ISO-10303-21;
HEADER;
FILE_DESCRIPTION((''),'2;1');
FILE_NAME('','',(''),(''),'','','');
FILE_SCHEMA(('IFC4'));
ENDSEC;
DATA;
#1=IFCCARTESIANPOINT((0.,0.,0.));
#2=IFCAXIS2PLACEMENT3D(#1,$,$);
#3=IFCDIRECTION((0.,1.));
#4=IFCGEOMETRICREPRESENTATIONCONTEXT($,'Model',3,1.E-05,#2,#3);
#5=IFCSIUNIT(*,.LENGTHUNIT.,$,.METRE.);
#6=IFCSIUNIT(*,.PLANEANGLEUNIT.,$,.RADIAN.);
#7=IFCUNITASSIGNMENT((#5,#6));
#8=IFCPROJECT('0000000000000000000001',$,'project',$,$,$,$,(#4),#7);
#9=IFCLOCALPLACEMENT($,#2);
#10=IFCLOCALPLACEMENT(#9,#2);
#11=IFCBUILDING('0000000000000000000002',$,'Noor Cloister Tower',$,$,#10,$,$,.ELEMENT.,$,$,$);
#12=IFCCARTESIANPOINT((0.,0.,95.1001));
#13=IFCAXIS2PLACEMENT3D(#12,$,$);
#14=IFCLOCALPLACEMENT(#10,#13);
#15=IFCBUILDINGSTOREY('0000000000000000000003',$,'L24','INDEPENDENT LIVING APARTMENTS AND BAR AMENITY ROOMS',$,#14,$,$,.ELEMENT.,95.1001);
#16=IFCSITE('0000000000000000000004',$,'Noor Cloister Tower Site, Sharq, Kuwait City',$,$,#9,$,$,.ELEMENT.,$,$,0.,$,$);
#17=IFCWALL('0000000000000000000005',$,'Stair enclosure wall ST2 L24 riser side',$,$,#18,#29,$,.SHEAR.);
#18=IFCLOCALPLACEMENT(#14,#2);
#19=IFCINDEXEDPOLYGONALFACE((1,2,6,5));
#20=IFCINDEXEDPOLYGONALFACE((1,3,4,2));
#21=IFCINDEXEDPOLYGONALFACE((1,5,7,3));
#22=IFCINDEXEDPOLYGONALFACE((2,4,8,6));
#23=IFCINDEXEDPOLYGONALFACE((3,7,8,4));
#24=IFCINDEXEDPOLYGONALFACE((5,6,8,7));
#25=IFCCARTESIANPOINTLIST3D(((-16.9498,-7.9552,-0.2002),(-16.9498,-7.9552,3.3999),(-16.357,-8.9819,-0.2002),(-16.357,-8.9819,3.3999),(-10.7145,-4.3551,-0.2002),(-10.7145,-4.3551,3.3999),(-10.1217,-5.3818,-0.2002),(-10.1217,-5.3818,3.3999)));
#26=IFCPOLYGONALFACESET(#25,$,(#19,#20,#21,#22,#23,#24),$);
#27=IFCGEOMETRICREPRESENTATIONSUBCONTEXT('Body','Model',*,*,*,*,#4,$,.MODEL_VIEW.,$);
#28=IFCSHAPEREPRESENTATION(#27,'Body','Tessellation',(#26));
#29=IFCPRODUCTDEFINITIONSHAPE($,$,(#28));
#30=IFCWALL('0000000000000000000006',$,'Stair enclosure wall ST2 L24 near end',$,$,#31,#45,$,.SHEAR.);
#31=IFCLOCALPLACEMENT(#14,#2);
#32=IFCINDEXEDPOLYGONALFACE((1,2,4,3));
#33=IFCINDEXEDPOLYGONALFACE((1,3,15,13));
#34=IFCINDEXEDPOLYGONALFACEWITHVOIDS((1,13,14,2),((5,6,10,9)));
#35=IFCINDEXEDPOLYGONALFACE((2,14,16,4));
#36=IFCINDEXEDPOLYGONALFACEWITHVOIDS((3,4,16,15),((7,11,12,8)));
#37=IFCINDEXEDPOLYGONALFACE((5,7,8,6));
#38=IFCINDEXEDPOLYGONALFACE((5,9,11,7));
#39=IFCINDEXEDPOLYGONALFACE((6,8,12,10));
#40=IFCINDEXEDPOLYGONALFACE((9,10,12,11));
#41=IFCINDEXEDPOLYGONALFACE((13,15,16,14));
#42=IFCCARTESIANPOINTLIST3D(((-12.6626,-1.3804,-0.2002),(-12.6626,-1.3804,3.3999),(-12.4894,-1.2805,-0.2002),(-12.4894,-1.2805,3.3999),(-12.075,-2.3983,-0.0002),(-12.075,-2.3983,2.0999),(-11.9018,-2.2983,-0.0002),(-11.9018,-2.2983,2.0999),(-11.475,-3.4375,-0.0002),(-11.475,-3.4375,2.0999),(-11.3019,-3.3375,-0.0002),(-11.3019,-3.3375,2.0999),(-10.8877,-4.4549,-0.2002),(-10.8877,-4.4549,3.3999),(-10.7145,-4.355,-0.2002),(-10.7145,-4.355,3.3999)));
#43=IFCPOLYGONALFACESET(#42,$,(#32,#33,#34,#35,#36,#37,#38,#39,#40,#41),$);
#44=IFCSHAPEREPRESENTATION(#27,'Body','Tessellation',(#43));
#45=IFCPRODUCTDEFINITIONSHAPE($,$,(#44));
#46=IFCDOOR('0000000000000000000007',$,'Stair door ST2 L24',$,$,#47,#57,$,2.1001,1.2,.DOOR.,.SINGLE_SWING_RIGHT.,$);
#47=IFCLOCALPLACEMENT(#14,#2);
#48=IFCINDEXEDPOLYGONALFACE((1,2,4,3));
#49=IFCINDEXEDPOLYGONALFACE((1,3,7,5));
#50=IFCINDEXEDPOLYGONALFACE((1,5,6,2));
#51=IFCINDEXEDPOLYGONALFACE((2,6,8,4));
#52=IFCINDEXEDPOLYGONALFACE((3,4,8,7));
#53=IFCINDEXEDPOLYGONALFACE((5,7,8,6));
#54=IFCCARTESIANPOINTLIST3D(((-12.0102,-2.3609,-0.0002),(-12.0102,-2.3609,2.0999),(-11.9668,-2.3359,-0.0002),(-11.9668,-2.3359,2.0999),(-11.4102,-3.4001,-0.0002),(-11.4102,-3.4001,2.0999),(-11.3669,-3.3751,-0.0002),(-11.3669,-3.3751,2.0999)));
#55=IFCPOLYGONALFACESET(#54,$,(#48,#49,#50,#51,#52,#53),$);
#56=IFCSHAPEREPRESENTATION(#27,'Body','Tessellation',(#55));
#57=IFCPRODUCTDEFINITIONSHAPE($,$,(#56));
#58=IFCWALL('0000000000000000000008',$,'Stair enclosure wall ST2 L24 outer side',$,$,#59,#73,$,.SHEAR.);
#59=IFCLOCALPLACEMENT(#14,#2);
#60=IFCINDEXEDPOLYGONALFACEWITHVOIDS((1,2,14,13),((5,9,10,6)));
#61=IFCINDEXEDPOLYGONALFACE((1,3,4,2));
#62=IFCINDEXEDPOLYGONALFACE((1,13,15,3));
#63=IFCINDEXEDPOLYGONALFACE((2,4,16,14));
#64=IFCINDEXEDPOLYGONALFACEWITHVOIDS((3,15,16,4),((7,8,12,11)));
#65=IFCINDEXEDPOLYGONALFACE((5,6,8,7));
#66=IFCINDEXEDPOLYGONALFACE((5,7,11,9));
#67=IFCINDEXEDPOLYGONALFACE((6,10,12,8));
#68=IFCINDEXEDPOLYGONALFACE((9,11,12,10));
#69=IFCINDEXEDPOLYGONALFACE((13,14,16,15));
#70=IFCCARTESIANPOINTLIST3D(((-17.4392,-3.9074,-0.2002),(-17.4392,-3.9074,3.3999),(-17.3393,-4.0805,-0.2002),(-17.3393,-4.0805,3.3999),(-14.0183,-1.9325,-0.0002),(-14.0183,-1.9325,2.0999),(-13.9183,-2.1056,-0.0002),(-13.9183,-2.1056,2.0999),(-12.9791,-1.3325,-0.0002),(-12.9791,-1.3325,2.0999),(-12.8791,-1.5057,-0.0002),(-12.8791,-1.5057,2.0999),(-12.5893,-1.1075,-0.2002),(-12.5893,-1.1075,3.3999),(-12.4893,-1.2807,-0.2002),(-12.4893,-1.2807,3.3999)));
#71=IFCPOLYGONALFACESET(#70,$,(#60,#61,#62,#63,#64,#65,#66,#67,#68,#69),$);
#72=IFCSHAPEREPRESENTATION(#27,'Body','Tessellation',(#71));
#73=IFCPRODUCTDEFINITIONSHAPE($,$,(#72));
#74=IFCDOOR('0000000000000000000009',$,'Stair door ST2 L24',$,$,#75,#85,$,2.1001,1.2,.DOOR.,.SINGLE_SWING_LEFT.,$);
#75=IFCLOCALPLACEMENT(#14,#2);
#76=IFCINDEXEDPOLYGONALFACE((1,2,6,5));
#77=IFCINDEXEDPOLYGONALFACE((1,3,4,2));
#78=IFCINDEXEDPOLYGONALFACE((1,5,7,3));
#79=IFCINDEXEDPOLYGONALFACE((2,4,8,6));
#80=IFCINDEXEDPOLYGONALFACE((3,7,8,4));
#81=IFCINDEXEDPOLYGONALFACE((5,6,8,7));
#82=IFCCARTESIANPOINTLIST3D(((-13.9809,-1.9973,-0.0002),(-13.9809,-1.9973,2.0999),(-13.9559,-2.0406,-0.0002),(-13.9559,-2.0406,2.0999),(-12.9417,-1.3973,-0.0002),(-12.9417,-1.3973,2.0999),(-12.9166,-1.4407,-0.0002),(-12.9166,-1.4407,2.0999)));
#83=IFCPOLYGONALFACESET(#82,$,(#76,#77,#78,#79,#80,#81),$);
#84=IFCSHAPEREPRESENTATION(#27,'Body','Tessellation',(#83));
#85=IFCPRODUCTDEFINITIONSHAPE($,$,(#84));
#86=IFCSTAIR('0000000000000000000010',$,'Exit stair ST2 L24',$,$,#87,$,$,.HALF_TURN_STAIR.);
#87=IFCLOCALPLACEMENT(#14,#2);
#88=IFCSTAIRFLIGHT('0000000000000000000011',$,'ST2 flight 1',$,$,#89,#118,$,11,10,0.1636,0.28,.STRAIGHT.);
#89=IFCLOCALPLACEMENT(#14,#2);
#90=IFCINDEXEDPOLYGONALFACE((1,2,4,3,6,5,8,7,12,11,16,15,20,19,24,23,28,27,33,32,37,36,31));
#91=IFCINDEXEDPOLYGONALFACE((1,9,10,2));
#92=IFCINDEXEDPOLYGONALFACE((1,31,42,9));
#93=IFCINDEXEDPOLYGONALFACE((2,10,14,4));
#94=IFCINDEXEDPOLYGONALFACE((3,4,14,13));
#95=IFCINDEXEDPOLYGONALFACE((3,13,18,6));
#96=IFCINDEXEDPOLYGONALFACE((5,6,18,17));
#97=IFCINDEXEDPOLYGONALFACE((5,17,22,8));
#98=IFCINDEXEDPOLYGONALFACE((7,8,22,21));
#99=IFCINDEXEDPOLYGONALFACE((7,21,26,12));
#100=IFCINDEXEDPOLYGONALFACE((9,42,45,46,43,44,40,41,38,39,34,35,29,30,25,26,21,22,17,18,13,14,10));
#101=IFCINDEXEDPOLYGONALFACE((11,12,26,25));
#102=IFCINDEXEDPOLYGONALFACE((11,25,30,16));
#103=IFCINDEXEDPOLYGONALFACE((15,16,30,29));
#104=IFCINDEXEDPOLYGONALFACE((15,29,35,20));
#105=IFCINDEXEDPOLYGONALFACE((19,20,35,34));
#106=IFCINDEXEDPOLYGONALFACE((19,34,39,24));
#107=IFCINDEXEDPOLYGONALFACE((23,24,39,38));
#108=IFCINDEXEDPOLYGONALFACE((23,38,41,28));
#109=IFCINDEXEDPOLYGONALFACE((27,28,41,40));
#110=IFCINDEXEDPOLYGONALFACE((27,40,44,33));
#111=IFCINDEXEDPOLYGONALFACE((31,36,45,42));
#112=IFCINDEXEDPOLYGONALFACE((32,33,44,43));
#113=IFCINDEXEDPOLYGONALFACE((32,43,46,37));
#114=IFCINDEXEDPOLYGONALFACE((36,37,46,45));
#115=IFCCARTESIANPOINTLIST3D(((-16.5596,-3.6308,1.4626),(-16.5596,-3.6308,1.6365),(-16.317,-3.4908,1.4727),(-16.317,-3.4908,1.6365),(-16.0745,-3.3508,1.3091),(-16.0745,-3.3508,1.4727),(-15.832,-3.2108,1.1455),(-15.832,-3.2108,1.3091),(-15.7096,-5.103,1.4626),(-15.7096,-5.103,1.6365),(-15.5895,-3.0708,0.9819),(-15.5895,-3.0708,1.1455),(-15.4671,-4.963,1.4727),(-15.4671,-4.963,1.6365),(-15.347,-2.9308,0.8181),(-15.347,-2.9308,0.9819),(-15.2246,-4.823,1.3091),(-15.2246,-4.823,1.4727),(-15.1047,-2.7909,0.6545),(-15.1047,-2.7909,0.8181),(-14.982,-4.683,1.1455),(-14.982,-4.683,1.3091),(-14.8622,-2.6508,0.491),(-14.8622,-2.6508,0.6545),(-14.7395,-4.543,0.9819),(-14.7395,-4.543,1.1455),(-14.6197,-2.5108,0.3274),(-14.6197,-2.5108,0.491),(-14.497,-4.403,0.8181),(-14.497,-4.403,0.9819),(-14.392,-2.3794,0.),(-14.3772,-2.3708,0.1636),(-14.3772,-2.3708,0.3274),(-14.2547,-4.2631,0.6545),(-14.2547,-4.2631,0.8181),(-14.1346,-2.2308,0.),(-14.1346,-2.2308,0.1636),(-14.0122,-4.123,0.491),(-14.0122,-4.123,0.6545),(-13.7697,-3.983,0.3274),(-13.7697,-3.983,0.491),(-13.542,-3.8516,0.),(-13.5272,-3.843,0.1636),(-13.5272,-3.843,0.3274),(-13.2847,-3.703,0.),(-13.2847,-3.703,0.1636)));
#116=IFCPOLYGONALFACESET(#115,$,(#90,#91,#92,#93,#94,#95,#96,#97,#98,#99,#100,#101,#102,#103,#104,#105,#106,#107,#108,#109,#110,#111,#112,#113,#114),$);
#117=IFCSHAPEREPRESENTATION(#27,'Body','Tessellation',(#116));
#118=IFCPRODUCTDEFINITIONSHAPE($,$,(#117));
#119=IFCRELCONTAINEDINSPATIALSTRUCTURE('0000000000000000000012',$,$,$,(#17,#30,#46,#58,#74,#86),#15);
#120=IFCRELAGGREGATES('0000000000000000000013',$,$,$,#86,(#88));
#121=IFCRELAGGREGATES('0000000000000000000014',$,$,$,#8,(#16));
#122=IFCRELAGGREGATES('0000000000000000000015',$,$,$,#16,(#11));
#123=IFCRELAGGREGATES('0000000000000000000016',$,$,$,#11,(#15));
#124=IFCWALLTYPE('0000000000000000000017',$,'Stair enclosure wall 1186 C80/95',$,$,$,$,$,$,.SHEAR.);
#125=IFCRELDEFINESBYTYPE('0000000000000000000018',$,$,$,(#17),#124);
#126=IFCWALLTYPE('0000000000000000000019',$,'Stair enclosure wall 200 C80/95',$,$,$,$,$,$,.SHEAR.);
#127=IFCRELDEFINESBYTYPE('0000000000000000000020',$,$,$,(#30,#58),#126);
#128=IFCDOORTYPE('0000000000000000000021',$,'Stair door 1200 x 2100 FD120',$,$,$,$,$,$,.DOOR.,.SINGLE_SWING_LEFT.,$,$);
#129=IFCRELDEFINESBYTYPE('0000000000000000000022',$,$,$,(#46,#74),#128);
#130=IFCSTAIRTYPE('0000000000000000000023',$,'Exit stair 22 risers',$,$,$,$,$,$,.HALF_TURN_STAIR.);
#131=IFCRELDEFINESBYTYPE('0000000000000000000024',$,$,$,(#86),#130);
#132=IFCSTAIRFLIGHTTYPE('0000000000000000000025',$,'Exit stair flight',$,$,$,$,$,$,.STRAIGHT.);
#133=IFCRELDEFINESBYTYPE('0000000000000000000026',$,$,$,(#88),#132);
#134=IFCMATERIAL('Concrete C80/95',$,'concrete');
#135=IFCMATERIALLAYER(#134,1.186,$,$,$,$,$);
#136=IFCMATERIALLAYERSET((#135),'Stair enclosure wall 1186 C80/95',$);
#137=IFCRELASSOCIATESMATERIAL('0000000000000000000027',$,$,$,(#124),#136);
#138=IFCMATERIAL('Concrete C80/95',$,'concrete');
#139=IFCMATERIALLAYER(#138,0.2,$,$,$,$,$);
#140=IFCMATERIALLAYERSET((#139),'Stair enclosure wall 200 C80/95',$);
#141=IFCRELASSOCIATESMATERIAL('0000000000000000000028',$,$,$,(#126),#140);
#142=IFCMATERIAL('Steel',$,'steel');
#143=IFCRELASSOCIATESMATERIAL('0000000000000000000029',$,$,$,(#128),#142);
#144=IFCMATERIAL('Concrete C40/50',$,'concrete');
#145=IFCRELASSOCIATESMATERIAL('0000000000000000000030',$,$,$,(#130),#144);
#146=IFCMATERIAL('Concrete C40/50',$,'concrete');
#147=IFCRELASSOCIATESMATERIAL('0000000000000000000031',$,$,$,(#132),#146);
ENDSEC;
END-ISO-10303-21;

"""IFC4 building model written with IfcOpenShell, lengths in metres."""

from ifc_helpers import new_model, si_unit, direction, frame, frame_2d, origin, place, context, subcontext, project, spatial, polyline, rectangle, outline, extrude, material, layer, layer_set, type_object, element, fill, aggregate, save


model = new_model("IFC4")

# Units and contexts
model_context = context("Model", 3, precision=1e-05, world=origin(), true_north=direction((0.0, 1.0)))
body_context = subcontext(model_context, "Body", "Model", "MODEL_VIEW")
ifc_project = project(units=[si_unit("LENGTHUNIT", "METRE"), si_unit("PLANEANGLEUNIT", "RADIAN")], contexts=[model_context])

# Site, building, storey
site_placement = place(None, origin())
site = spatial("IfcSite", under=ifc_project, at=site_placement, Name="Noor Cloister Tower Site, Sharq, Kuwait City", CompositionType="ELEMENT", RefElevation=0.0)
building_placement = place(site_placement, origin())
building = spatial("IfcBuilding", under=site, at=building_placement, Name="Noor Cloister Tower", CompositionType="ELEMENT")
storey_placement = place(building_placement, frame((0.0, 0.0, 95.1001)))
storey = spatial("IfcBuildingStorey", under=building, at=storey_placement, Name="L24", Description="INDEPENDENT LIVING APARTMENTS AND BAR AMENITY ROOMS", CompositionType="ELEMENT", Elevation=95.1001)

# Wall
ifc_material_1 = material(Name="Concrete C80/95", Category="concrete")
ifc_layer_1 = layer(ifc_material_1, 1.186)
ifc_layer_set_1 = layer_set([ifc_layer_1], Name="Stair enclosure wall 1186 C80/95")
wall_type_1 = type_object("IfcWallType", Name="Stair enclosure wall 1186 C80/95", PredefinedType="SHEAR", material=ifc_layer_set_1)
wall_1_placement = place(storey_placement, frame((-10.418, -4.8684, -0.2002), z_axis=(0.0, 0.0, 1.0), x_axis=(-0.866018, -0.500012, 0.0)))
element("IfcWall", 1, at=wall_1_placement, inside=storey, type_object=wall_type_1, Name="Stair enclosure wall ST2 L24 riser side", PredefinedType="SHEAR", context=body_context, shape_type="SweptSolid", body=[
    extrude(rectangle(XDim=7.2, YDim=1.1855, at=frame_2d((3.6001, 0.0))), origin(), (0.0, 0.0, 1.0), 3.6001),
])

# Walls, openings, doors
ifc_material_2 = material(Name="Concrete C80/95", Category="concrete")
ifc_layer_2 = layer(ifc_material_2, 0.2)
ifc_layer_set_2 = layer_set([ifc_layer_2], Name="Stair enclosure wall 200 C80/95")
wall_type_2 = type_object("IfcWallType", Name="Stair enclosure wall 200 C80/95", PredefinedType="SHEAR", material=ifc_layer_set_2)
wall_2_placement = place(storey_placement, frame((-12.5759, -1.3306, -0.2002), z_axis=(0.0, 0.0, 1.0), x_axis=(0.49997, -0.866042, 0.0)))
wall_2 = element("IfcWall", 2, at=wall_2_placement, inside=storey, type_object=wall_type_2, Name="Stair enclosure wall ST2 L24 near end", PredefinedType="SHEAR", context=body_context, shape_type="SweptSolid", body=[
    extrude(rectangle(XDim=3.55, YDim=0.2, at=frame_2d((1.7749, 0.0))), origin(), (0.0, 0.0, 1.0), 3.6001),
])
opening_1_placement = place(wall_2_placement, frame((1.175, 0.0, 0.2)))
opening_1 = element("IfcOpeningElement", 3, at=opening_1_placement, cuts=wall_2, PredefinedType="OPENING", context=body_context, shape_type="SweptSolid", body=[
    extrude(rectangle(XDim=1.2, YDim=2.1001, at=frame_2d((0.6001, 1.05))), frame((0.0, 0.1099, 0.0), z_axis=(0.0, -1.0, 0.0), x_axis=(1.0, 0.0, 0.0)), (0.0, 0.0, 1.0), 0.22),
])
ifc_material_3 = material(Name="Steel", Category="steel")
door_type_1 = type_object("IfcDoorType", Name="Stair door 1200 x 2100 FD120", OperationType="SINGLE_SWING_LEFT", PredefinedType="DOOR", material=ifc_material_3)
door_1_placement = place(opening_1_placement, origin())
door_1 = element("IfcDoor", 4, at=door_1_placement, inside=storey, type_object=door_type_1, Name="Stair door ST2 L24", OperationType="SINGLE_SWING_RIGHT", OverallHeight=2.1001, OverallWidth=1.2, PredefinedType="DOOR", context=body_context, shape_type="SweptSolid", body=[
    extrude(rectangle(XDim=1.2, YDim=2.1001, at=frame_2d((0.6001, 1.05))), frame((0.0, 0.0249, 0.0), z_axis=(0.0, -1.0, 0.0), x_axis=(1.0, 0.0, 0.0)), (0.0, 0.0, 1.0), 0.05),
])
fill(opening_1, door_1)
wall_3_placement = place(storey_placement, frame((-12.5393, -1.1941, -0.2002), z_axis=(0.0, 0.0, 1.0), x_axis=(-0.866045, -0.499965, 0.0)))
wall_3 = element("IfcWall", 5, at=wall_3_placement, inside=storey, type_object=wall_type_2, Name="Stair enclosure wall ST2 L24 outer side", PredefinedType="SHEAR", context=body_context, shape_type="SweptSolid", body=[
    extrude(rectangle(XDim=5.6001, YDim=0.2, at=frame_2d((2.8, 0.0))), origin(), (0.0, 0.0, 1.0), 3.6001),
])
opening_2_placement = place(wall_3_placement, frame((0.45, 0.0, 0.2)))
opening_2 = element("IfcOpeningElement", 6, at=opening_2_placement, cuts=wall_3, PredefinedType="OPENING", context=body_context, shape_type="SweptSolid", body=[
    extrude(rectangle(XDim=1.2, YDim=2.1001, at=frame_2d((0.6001, 1.05))), frame((0.0, 0.1099, 0.0), z_axis=(0.0, -1.0, 0.0), x_axis=(1.0, 0.0, 0.0)), (0.0, 0.0, 1.0), 0.22),
])
door_2_placement = place(opening_2_placement, origin())
door_2 = element("IfcDoor", 7, at=door_2_placement, inside=storey, type_object=door_type_1, Name="Stair door ST2 L24", OperationType="SINGLE_SWING_LEFT", OverallHeight=2.1001, OverallWidth=1.2, PredefinedType="DOOR", context=body_context, shape_type="SweptSolid", body=[
    extrude(rectangle(XDim=1.2, YDim=2.1001, at=frame_2d((0.6001, 1.05))), frame((0.0, 0.0249, 0.0), z_axis=(0.0, -1.0, 0.0), x_axis=(1.0, 0.0, 0.0)), (0.0, 0.0, 1.0), 0.05),
])
fill(opening_2, door_2)

# Stair, stair flight
ifc_material_4 = material(Name="Concrete C40/50", Category="concrete")
stair_type = type_object("IfcStairType", Name="Exit stair 22 risers", PredefinedType="HALF_TURN_STAIR", material=ifc_material_4)
stair_placement = place(storey_placement, origin())
stair = element("IfcStair", 8, at=stair_placement, inside=storey, type_object=stair_type, Name="Exit stair ST2 L24", PredefinedType="HALF_TURN_STAIR")
ifc_material_5 = material(Name="Concrete C40/50", Category="concrete")
stair_flight_type = type_object("IfcStairFlightType", Name="Exit stair flight", PredefinedType="STRAIGHT", material=ifc_material_5)
stair_flight_placement = place(storey_placement, frame((-13.7097, -2.9668, 0.0), z_axis=(0.0, 0.0, 1.0), x_axis=(-0.866025, -0.5, 0.0)))
stair_flight = element("IfcStairFlight", 9, at=stair_flight_placement, type_object=stair_flight_type, Name="ST2 flight 1", NumberOfRisers=11, NumberOfTreads=10, PredefinedType="STRAIGHT", RiserHeight=0.1636, TreadLength=0.28, context=body_context, shape_type="SweptSolid", body=[
    extrude(outline(polyline([(0.0, 0.0), (0.0, 0.1636), (0.28, 0.1636), (0.28, 0.3274), (0.5601, 0.3274), (0.5601, 0.491), (0.8401, 0.491), (0.8401, 0.6545), (1.1201, 0.6545), (1.1201, 0.8181), (1.3999, 0.8181), (1.3999, 0.9819), (1.6799, 0.9819), (1.6799, 1.1455), (1.96, 1.1455), (1.96, 1.3091), (2.24, 1.3091), (2.24, 1.4727), (2.52, 1.4727), (2.52, 1.6365), (2.8, 1.6365), (2.8, 1.8), (2.8, 1.4626), (0.2971, 0.0), (0.0, 0.0)])), frame((0.0, 0.8501, 0.0), z_axis=(0.0, -1.0, 0.0), x_axis=(1.0, 0.0, 0.0)), (0.0, 0.0, 1.0), 1.7),
])
aggregate(stair, [stair_flight])

save(model, "model.ifc")
